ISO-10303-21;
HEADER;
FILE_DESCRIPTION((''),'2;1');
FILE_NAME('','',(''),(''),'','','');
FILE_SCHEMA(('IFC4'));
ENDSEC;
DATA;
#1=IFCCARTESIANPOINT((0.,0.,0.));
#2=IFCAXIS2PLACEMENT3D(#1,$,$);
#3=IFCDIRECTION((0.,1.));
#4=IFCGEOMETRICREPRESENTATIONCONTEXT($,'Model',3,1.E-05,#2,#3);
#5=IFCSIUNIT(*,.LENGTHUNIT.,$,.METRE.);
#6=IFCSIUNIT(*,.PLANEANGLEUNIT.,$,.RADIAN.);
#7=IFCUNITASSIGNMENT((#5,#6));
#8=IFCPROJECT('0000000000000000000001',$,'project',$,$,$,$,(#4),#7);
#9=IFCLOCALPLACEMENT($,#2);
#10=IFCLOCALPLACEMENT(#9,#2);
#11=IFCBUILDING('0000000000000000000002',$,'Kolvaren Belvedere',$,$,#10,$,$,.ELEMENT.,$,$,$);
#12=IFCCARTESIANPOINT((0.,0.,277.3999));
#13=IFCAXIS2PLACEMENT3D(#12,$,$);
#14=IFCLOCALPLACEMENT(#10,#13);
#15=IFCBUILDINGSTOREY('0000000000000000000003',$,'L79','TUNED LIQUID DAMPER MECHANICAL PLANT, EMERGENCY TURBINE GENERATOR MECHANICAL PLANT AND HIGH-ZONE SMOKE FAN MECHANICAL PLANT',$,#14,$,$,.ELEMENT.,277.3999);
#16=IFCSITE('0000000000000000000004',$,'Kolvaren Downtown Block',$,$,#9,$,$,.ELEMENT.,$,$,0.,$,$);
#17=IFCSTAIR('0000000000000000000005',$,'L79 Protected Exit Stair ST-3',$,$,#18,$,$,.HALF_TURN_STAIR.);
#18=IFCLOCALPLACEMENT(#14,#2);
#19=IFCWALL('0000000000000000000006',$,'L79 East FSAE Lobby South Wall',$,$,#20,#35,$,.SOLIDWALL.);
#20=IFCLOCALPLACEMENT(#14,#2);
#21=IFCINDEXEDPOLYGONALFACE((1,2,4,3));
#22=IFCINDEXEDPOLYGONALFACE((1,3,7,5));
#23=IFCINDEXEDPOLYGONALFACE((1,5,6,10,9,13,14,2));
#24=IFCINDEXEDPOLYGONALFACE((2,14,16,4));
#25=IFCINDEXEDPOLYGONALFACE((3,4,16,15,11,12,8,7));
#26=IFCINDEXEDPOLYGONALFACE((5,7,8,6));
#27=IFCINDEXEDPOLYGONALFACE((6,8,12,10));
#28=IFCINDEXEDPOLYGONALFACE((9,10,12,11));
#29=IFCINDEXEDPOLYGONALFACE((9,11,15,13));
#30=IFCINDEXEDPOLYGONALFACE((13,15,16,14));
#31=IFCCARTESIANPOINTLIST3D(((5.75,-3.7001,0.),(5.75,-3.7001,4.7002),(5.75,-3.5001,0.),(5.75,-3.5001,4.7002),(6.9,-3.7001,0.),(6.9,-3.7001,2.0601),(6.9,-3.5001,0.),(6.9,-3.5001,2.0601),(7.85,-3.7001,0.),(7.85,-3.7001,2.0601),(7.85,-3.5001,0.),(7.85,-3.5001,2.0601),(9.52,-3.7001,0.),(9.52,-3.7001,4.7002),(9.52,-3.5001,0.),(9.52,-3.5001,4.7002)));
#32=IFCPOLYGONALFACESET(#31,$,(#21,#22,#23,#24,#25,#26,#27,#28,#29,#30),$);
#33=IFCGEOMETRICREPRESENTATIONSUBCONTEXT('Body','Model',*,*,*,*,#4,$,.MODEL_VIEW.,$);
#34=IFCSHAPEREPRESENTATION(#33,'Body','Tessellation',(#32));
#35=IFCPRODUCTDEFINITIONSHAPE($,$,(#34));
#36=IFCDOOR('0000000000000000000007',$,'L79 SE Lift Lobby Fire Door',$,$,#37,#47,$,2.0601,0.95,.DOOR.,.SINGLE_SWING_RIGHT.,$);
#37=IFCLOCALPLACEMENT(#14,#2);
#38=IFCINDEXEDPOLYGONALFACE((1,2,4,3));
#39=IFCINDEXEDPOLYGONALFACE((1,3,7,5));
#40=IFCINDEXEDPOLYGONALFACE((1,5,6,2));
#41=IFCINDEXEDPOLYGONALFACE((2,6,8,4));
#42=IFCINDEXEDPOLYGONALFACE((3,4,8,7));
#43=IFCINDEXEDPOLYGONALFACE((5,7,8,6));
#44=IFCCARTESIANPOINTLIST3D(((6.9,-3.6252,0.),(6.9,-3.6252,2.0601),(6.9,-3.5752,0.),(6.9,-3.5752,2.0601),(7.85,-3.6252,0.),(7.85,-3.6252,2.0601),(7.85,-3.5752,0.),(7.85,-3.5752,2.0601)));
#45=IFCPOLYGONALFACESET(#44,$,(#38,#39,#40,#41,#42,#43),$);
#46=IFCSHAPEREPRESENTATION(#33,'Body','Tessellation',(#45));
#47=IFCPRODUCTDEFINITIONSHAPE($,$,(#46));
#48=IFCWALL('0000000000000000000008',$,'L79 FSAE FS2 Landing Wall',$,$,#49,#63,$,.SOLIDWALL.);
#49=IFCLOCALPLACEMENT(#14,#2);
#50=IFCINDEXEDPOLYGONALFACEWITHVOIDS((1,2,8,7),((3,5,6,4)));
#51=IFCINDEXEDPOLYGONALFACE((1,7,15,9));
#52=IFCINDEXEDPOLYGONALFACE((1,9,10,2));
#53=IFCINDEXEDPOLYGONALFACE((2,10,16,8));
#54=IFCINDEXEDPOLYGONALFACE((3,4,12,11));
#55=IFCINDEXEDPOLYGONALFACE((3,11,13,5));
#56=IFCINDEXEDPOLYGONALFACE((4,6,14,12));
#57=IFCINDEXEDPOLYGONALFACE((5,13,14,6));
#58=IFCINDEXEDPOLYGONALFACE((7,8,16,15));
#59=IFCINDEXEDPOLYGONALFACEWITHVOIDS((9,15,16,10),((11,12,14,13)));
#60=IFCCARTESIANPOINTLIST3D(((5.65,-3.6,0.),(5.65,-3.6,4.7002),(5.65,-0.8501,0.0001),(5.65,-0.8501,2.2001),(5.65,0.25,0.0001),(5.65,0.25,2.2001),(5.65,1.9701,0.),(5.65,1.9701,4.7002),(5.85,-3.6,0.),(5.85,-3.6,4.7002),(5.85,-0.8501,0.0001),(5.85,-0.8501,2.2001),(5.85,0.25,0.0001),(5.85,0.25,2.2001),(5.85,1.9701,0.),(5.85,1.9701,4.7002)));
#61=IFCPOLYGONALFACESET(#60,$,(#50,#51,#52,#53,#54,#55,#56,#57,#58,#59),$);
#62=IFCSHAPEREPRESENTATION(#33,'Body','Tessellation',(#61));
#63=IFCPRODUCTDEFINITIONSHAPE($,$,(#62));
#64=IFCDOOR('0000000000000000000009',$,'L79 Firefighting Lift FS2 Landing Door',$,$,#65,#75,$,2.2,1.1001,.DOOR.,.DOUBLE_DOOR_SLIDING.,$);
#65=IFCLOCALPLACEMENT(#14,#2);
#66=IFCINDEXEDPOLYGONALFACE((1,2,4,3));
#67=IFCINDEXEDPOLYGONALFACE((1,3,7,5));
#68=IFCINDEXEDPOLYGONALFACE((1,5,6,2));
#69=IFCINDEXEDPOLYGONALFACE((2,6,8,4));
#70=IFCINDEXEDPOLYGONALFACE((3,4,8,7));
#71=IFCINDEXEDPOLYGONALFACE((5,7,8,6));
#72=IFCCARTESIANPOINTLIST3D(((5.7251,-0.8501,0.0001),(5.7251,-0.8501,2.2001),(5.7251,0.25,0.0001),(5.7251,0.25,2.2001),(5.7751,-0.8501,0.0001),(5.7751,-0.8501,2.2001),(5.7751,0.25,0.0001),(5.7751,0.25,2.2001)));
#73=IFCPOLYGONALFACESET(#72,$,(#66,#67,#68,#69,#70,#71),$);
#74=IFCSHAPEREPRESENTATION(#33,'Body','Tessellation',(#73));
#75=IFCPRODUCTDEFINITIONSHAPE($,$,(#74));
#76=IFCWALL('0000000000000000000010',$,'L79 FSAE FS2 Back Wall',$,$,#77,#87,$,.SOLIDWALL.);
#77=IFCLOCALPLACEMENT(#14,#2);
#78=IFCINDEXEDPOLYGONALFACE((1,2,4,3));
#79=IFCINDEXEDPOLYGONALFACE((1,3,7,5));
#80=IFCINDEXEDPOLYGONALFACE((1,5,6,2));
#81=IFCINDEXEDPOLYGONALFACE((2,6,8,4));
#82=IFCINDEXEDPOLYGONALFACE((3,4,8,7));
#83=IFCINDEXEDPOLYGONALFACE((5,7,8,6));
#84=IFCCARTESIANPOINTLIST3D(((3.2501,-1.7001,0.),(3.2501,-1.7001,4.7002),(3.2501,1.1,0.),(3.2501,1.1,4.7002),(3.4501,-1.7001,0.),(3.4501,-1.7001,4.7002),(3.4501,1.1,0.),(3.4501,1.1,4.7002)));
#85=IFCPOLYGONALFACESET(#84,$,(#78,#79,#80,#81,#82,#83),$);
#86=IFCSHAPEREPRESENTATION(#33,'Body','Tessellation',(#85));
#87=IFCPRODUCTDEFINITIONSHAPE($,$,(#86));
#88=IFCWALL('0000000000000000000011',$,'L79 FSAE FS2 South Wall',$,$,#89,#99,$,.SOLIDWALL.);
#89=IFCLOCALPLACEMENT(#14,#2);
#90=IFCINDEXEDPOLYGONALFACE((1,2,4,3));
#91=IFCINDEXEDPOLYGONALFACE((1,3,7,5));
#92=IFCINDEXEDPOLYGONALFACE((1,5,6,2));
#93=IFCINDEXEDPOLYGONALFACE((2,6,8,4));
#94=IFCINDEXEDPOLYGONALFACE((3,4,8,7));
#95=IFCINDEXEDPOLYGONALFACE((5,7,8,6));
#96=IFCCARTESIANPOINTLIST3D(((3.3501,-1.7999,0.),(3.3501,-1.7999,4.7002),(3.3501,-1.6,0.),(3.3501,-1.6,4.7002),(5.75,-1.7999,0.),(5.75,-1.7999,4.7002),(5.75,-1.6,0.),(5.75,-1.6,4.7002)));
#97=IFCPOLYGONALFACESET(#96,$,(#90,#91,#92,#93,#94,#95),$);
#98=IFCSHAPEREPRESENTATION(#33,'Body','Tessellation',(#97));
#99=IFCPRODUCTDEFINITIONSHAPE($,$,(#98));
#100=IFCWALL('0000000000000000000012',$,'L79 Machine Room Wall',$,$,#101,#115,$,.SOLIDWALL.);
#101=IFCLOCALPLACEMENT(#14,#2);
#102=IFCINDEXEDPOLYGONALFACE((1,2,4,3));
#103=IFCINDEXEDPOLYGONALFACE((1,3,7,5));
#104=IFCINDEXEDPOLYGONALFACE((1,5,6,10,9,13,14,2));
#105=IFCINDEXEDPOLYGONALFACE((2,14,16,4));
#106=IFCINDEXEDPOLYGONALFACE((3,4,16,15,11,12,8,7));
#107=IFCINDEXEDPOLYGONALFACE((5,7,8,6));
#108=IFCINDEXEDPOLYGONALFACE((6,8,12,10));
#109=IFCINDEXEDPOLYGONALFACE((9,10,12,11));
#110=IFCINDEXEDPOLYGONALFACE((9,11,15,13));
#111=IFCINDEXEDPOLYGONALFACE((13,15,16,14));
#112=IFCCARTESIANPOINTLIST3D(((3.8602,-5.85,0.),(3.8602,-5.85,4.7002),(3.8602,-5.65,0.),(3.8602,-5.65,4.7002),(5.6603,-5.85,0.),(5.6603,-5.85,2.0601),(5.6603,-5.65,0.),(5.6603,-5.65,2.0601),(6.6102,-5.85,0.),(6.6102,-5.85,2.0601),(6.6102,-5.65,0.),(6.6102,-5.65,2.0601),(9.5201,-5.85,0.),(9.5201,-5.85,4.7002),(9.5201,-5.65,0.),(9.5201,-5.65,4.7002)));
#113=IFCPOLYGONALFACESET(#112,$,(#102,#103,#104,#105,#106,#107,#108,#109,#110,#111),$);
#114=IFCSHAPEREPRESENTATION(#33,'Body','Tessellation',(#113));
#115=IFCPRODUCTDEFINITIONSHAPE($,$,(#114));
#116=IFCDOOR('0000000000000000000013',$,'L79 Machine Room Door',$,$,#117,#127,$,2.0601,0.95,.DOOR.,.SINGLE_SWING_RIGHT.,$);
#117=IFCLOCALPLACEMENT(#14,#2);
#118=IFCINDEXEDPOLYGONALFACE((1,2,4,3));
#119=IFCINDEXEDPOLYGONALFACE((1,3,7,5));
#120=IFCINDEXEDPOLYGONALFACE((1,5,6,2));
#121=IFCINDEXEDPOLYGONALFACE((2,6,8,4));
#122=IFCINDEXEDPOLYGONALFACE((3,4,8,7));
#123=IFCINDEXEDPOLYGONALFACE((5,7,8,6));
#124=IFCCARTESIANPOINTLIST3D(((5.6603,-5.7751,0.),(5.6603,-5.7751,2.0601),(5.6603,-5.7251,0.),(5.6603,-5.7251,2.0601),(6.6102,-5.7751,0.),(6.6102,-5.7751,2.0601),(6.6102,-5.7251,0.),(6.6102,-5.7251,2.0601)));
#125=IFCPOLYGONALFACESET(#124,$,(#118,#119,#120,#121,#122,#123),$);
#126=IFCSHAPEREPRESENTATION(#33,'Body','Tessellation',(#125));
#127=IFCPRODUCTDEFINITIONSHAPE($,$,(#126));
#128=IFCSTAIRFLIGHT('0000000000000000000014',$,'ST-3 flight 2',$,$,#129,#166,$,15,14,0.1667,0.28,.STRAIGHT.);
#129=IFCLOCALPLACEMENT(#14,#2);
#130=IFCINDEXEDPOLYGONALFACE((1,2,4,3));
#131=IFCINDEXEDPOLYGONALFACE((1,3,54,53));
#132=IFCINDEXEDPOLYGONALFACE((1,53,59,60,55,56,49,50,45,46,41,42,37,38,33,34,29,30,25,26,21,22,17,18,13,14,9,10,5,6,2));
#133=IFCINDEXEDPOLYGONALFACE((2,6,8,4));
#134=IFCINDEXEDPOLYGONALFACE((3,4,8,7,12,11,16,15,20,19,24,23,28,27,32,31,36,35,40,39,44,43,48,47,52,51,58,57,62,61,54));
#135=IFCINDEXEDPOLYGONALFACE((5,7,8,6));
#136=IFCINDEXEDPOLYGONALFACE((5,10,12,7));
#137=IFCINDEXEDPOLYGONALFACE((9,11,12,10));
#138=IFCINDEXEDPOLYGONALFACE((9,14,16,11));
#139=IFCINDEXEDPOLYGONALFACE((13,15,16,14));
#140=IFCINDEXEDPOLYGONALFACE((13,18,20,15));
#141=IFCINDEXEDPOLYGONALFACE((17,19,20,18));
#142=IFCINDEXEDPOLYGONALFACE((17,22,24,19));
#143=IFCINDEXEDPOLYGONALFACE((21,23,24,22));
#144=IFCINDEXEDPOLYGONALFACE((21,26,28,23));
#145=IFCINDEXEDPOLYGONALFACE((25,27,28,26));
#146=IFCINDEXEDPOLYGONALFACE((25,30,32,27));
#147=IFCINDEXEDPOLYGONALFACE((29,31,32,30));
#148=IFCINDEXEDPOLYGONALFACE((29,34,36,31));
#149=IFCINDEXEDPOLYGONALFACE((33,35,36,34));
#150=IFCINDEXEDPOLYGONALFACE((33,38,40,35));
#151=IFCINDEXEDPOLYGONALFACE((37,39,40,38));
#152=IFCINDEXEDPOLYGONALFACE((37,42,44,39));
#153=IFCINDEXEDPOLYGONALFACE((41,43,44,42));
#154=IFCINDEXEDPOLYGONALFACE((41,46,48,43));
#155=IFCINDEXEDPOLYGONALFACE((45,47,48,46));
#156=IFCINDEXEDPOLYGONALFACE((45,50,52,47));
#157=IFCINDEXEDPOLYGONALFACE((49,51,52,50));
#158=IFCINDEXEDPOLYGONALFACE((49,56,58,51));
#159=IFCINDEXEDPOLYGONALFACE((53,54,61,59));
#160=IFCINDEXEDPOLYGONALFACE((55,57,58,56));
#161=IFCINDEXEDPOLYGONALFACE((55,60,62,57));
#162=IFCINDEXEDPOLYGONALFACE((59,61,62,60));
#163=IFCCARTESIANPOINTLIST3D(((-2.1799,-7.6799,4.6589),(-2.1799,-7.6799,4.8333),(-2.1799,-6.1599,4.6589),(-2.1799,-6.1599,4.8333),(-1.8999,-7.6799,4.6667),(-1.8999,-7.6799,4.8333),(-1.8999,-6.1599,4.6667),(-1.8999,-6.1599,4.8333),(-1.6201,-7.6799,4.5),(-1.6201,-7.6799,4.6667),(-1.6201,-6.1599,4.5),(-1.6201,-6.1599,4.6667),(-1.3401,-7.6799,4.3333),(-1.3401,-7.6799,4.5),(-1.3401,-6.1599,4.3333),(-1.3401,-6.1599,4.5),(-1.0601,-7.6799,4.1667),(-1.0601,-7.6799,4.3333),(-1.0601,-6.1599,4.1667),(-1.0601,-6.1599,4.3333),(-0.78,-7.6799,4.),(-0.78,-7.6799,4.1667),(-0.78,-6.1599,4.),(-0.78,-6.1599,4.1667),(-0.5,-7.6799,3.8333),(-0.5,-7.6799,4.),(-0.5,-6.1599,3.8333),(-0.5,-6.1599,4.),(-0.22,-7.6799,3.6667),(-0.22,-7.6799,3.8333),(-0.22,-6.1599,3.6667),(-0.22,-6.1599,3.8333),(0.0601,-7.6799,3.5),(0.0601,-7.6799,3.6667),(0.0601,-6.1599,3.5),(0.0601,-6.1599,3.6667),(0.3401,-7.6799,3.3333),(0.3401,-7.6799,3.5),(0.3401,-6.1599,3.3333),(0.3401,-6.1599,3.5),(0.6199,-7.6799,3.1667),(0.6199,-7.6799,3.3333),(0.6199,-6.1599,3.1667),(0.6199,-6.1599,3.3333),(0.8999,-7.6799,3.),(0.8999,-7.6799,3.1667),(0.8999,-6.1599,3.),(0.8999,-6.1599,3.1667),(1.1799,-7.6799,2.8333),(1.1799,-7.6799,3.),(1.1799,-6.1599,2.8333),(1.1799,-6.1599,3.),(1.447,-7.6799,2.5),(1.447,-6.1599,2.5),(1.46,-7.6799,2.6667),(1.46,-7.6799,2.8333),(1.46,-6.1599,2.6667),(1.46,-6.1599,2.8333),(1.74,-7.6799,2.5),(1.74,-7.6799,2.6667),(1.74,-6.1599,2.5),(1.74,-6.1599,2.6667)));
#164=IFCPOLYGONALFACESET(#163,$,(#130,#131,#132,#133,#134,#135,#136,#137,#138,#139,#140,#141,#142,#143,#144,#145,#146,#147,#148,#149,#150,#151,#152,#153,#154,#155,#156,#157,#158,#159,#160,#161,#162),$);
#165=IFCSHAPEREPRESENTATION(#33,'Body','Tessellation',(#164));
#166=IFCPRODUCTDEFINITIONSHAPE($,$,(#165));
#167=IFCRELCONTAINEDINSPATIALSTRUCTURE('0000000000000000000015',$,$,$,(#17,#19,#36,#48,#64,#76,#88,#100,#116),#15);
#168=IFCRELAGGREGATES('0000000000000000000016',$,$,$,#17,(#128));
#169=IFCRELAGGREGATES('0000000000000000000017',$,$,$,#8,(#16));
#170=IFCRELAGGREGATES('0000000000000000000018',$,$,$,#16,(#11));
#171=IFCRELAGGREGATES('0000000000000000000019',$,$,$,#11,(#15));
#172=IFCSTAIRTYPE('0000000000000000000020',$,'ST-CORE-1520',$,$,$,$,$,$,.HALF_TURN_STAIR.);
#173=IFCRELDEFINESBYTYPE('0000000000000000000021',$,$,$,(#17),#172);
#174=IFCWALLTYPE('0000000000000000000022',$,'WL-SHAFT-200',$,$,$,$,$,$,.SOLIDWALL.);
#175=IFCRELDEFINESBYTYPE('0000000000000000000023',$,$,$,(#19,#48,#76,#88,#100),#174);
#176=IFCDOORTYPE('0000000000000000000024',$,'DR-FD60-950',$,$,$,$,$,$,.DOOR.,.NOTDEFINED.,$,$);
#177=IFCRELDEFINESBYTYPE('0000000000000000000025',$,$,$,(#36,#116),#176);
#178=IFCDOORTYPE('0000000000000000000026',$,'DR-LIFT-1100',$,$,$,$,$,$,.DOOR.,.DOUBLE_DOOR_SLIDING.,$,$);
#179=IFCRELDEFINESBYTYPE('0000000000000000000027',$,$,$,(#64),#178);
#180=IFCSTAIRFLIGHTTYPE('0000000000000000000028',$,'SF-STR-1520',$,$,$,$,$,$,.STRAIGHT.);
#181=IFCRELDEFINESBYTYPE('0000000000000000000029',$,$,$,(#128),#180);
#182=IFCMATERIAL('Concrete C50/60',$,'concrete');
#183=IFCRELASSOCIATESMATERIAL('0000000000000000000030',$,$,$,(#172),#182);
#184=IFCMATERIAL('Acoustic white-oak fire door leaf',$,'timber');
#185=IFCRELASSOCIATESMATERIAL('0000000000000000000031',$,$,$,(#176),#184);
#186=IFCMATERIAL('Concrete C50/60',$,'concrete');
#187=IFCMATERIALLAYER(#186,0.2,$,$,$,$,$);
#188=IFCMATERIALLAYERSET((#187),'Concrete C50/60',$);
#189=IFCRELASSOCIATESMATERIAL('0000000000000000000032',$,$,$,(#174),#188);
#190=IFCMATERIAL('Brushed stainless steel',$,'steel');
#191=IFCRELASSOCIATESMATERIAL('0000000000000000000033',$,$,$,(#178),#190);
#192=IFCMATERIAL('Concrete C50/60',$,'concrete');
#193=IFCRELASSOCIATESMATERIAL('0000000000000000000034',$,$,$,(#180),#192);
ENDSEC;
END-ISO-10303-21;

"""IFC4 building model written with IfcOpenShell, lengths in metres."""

from ifc_helpers import new_model, si_unit, direction, frame, frame_2d, origin, place, context, subcontext, project, spatial, polyline, rectangle, outline, extrude, material, layer, layer_set, type_object, element, fill, aggregate, save


model = new_model("IFC4")

# Units and contexts
model_context = context("Model", 3, precision=1e-05, world=origin(), true_north=direction((0.0, 1.0)))
body_context = subcontext(model_context, "Body", "Model", "MODEL_VIEW")
ifc_project = project(units=[si_unit("LENGTHUNIT", "METRE"), si_unit("PLANEANGLEUNIT", "RADIAN")], contexts=[model_context])

# Site, building, storey
site_placement = place(None, origin())
site = spatial("IfcSite", under=ifc_project, at=site_placement, Name="Kolvaren Downtown Block", CompositionType="ELEMENT", RefElevation=0.0)
building_placement = place(site_placement, origin())
building = spatial("IfcBuilding", under=site, at=building_placement, Name="Kolvaren Belvedere", CompositionType="ELEMENT")
storey_placement = place(building_placement, frame((0.0, 0.0, 277.3999)))
storey = spatial("IfcBuildingStorey", under=building, at=storey_placement, Name="L79", Description="TUNED LIQUID DAMPER MECHANICAL PLANT, EMERGENCY TURBINE GENERATOR MECHANICAL PLANT AND HIGH-ZONE SMOKE FAN MECHANICAL PLANT", CompositionType="ELEMENT", Elevation=277.3999)

# Stair
ifc_material_1 = material(Name="Concrete C50/60", Category="concrete")
stair_type = type_object("IfcStairType", Name="ST-CORE-1520", PredefinedType="HALF_TURN_STAIR", material=ifc_material_1)
stair_1_placement = place(storey_placement, origin())
stair_1 = element("IfcStair", 1, at=stair_1_placement, inside=storey, type_object=stair_type, Name="L79 Protected Exit Stair ST-3", PredefinedType="HALF_TURN_STAIR")

# Walls, openings, doors
ifc_material_2 = material(Name="Acoustic white-oak fire door leaf", Category="timber")
door_type_1 = type_object("IfcDoorType", Name="DR-FD60-950", OperationType="NOTDEFINED", PredefinedType="DOOR", material=ifc_material_2)
ifc_material_3 = material(Name="Concrete C50/60", Category="concrete")
ifc_layer_1 = layer(ifc_material_3, 0.2)
ifc_layer_set_1 = layer_set([ifc_layer_1], Name="Concrete C50/60")
wall_type_1 = type_object("IfcWallType", Name="WL-SHAFT-200", PredefinedType="SOLIDWALL", material=ifc_layer_set_1)
wall_1_placement = place(storey_placement, frame((5.75, -3.6001, 0.0), z_axis=(0.0, 0.0, 1.0), x_axis=(1.0, 0.0, 0.0)))
wall_1 = element("IfcWall", 2, at=wall_1_placement, inside=storey, type_object=wall_type_1, Name="L79 East FSAE Lobby South Wall", PredefinedType="SOLIDWALL", context=body_context, shape_type="SweptSolid", body=[
    extrude(rectangle(XDim=3.77, YDim=0.2, at=frame_2d((1.885, 0.0))), origin(), (0.0, 0.0, 1.0), 4.7002),
])
opening_1_placement = place(wall_1_placement, frame((1.1499, 0.0, 0.0)))
opening_1 = element("IfcOpeningElement", 3, at=opening_1_placement, cuts=wall_1, PredefinedType="OPENING", context=body_context, shape_type="SweptSolid", body=[
    extrude(rectangle(XDim=0.95, YDim=2.0601, at=frame_2d((0.4751, 1.03))), frame((0.0, 0.1099, 0.0), z_axis=(0.0, -1.0, 0.0), x_axis=(1.0, 0.0, 0.0)), (0.0, 0.0, 1.0), 0.22),
])
door_1_placement = place(opening_1_placement, origin())
door_1 = element("IfcDoor", 4, at=door_1_placement, inside=storey, type_object=door_type_1, Name="L79 SE Lift Lobby Fire Door", OperationType="SINGLE_SWING_RIGHT", OverallHeight=2.0601, OverallWidth=0.95, PredefinedType="DOOR", context=body_context, shape_type="SweptSolid", body=[
    extrude(rectangle(XDim=0.95, YDim=2.0601, at=frame_2d((0.4751, 1.03))), frame((0.0, 0.0249, 0.0), z_axis=(0.0, -1.0, 0.0), x_axis=(1.0, 0.0, 0.0)), (0.0, 0.0, 1.0), 0.05),
])
fill(opening_1, door_1)
wall_2_placement = place(storey_placement, frame((5.75, -3.6001, 0.0), z_axis=(0.0, 0.0, 1.0), x_axis=(0.0, 1.0, 0.0)))
wall_2 = element("IfcWall", 5, at=wall_2_placement, inside=storey, type_object=wall_type_1, Name="L79 FSAE FS2 Landing Wall", PredefinedType="SOLIDWALL", context=body_context, shape_type="SweptSolid", body=[
    extrude(rectangle(XDim=5.5701, YDim=0.2, at=frame_2d((2.7852, 0.0))), origin(), (0.0, 0.0, 1.0), 4.7002),
])
opening_2_placement = place(wall_2_placement, frame((2.75, 0.0, 0.0)))
opening_2 = element("IfcOpeningElement", 6, at=opening_2_placement, cuts=wall_2, PredefinedType="OPENING", context=body_context, shape_type="SweptSolid", body=[
    extrude(rectangle(XDim=1.1001, YDim=2.2, at=frame_2d((0.55, 1.1001))), frame((0.0, 0.1099, 0.0), z_axis=(0.0, -1.0, 0.0), x_axis=(1.0, 0.0, 0.0)), (0.0, 0.0, 1.0), 0.22),
])
ifc_material_4 = material(Name="Brushed stainless steel", Category="steel")
door_type_2 = type_object("IfcDoorType", Name="DR-LIFT-1100", OperationType="DOUBLE_DOOR_SLIDING", PredefinedType="DOOR", material=ifc_material_4)
door_2_placement = place(opening_2_placement, origin())
door_2 = element("IfcDoor", 7, at=door_2_placement, inside=storey, type_object=door_type_2, Name="L79 Firefighting Lift FS2 Landing Door", OperationType="DOUBLE_DOOR_SLIDING", OverallHeight=2.2, OverallWidth=1.1001, PredefinedType="DOOR", context=body_context, shape_type="SweptSolid", body=[
    extrude(rectangle(XDim=1.1001, YDim=2.2, at=frame_2d((0.55, 1.1001))), frame((0.0, 0.0249, 0.0), z_axis=(0.0, -1.0, 0.0), x_axis=(1.0, 0.0, 0.0)), (0.0, 0.0, 1.0), 0.05),
])
fill(opening_2, door_2)

# Walls
wall_3_placement = place(storey_placement, frame((3.3501, -1.7, 0.0), z_axis=(0.0, 0.0, 1.0), x_axis=(0.0, 1.0, 0.0)))
element("IfcWall", 8, at=wall_3_placement, inside=storey, type_object=wall_type_1, Name="L79 FSAE FS2 Back Wall", PredefinedType="SOLIDWALL", context=body_context, shape_type="SweptSolid", body=[
    extrude(rectangle(XDim=2.8, YDim=0.2, at=frame_2d((1.3999, 0.0))), origin(), (0.0, 0.0, 1.0), 4.7002),
])
wall_4_placement = place(storey_placement, frame((3.3501, -1.7, 0.0), z_axis=(0.0, 0.0, 1.0), x_axis=(1.0, 0.0, 0.0)))
element("IfcWall", 9, at=wall_4_placement, inside=storey, type_object=wall_type_1, Name="L79 FSAE FS2 South Wall", PredefinedType="SOLIDWALL", context=body_context, shape_type="SweptSolid", body=[
    extrude(rectangle(XDim=2.3999, YDim=0.2, at=frame_2d((1.2, 0.0))), origin(), (0.0, 0.0, 1.0), 4.7002),
])

# Wall, opening, door
wall_5_placement = place(storey_placement, frame((3.8601, -5.75, 0.0), z_axis=(0.0, 0.0, 1.0), x_axis=(1.0, 0.0, 0.0)))
wall_5 = element("IfcWall", 10, at=wall_5_placement, inside=storey, type_object=wall_type_1, Name="L79 Machine Room Wall", PredefinedType="SOLIDWALL", context=body_context, shape_type="SweptSolid", body=[
    extrude(rectangle(XDim=5.6599, YDim=0.2, at=frame_2d((2.8301, 0.0))), origin(), (0.0, 0.0, 1.0), 4.7002),
])
opening_3_placement = place(wall_5_placement, frame((1.8, 0.0, 0.0)))
opening_3 = element("IfcOpeningElement", 11, at=opening_3_placement, cuts=wall_5, PredefinedType="OPENING", context=body_context, shape_type="SweptSolid", body=[
    extrude(rectangle(XDim=0.95, YDim=2.0601, at=frame_2d((0.4751, 1.03))), frame((0.0, 0.1099, 0.0), z_axis=(0.0, -1.0, 0.0), x_axis=(1.0, 0.0, 0.0)), (0.0, 0.0, 1.0), 0.22),
])
door_3_placement = place(opening_3_placement, origin())
door_3 = element("IfcDoor", 12, at=door_3_placement, inside=storey, type_object=door_type_1, Name="L79 Machine Room Door", OperationType="SINGLE_SWING_RIGHT", OverallHeight=2.0601, OverallWidth=0.95, PredefinedType="DOOR", context=body_context, shape_type="SweptSolid", body=[
    extrude(rectangle(XDim=0.95, YDim=2.0601, at=frame_2d((0.4751, 1.03))), frame((0.0, 0.0249, 0.0), z_axis=(0.0, -1.0, 0.0), x_axis=(1.0, 0.0, 0.0)), (0.0, 0.0, 1.0), 0.05),
])
fill(opening_3, door_3)

# Stair flight
ifc_material_5 = material(Name="Concrete C50/60", Category="concrete")
stair_flight_type = type_object("IfcStairFlightType", Name="SF-STR-1520", PredefinedType="STRAIGHT", material=ifc_material_5)
stair_flight_placement = place(storey_placement, frame((1.74, -6.9199, 2.5), z_axis=(0.0, 0.0, 1.0), x_axis=(-1.0, 0.0, 0.0)))
stair_flight = element("IfcStairFlight", 13, at=stair_flight_placement, type_object=stair_flight_type, Name="ST-3 flight 2", NumberOfRisers=15, NumberOfTreads=14, PredefinedType="STRAIGHT", RiserHeight=0.1667, TreadLength=0.28, context=body_context, shape_type="SweptSolid", body=[
    extrude(outline(polyline([(0.0, 0.0), (0.0, 0.1667), (0.28, 0.1667), (0.28, 0.3333), (0.5601, 0.3333), (0.5601, 0.5), (0.8401, 0.5), (0.8401, 0.6667), (1.1201, 0.6667), (1.1201, 0.8333), (1.3999, 0.8333), (1.3999, 1.0), (1.6799, 1.0), (1.6799, 1.1667), (1.96, 1.1667), (1.96, 1.3333), (2.24, 1.3333), (2.24, 1.5), (2.52, 1.5), (2.52, 1.6667), (2.8, 1.6667), (2.8, 1.8333), (3.0801, 1.8333), (3.0801, 2.0), (3.3601, 2.0), (3.3601, 2.1667), (3.6399, 2.1667), (3.6399, 2.3333), (3.9199, 2.3333), (3.9199, 2.5), (3.9199, 2.1589), (0.293, 0.0), (0.0, 0.0)])), frame((0.0, 0.76, 0.0), z_axis=(0.0, -1.0, 0.0), x_axis=(1.0, 0.0, 0.0)), (0.0, 0.0, 1.0), 1.52),
])
aggregate(stair_1, [stair_flight])

save(model, "model.ifc")
